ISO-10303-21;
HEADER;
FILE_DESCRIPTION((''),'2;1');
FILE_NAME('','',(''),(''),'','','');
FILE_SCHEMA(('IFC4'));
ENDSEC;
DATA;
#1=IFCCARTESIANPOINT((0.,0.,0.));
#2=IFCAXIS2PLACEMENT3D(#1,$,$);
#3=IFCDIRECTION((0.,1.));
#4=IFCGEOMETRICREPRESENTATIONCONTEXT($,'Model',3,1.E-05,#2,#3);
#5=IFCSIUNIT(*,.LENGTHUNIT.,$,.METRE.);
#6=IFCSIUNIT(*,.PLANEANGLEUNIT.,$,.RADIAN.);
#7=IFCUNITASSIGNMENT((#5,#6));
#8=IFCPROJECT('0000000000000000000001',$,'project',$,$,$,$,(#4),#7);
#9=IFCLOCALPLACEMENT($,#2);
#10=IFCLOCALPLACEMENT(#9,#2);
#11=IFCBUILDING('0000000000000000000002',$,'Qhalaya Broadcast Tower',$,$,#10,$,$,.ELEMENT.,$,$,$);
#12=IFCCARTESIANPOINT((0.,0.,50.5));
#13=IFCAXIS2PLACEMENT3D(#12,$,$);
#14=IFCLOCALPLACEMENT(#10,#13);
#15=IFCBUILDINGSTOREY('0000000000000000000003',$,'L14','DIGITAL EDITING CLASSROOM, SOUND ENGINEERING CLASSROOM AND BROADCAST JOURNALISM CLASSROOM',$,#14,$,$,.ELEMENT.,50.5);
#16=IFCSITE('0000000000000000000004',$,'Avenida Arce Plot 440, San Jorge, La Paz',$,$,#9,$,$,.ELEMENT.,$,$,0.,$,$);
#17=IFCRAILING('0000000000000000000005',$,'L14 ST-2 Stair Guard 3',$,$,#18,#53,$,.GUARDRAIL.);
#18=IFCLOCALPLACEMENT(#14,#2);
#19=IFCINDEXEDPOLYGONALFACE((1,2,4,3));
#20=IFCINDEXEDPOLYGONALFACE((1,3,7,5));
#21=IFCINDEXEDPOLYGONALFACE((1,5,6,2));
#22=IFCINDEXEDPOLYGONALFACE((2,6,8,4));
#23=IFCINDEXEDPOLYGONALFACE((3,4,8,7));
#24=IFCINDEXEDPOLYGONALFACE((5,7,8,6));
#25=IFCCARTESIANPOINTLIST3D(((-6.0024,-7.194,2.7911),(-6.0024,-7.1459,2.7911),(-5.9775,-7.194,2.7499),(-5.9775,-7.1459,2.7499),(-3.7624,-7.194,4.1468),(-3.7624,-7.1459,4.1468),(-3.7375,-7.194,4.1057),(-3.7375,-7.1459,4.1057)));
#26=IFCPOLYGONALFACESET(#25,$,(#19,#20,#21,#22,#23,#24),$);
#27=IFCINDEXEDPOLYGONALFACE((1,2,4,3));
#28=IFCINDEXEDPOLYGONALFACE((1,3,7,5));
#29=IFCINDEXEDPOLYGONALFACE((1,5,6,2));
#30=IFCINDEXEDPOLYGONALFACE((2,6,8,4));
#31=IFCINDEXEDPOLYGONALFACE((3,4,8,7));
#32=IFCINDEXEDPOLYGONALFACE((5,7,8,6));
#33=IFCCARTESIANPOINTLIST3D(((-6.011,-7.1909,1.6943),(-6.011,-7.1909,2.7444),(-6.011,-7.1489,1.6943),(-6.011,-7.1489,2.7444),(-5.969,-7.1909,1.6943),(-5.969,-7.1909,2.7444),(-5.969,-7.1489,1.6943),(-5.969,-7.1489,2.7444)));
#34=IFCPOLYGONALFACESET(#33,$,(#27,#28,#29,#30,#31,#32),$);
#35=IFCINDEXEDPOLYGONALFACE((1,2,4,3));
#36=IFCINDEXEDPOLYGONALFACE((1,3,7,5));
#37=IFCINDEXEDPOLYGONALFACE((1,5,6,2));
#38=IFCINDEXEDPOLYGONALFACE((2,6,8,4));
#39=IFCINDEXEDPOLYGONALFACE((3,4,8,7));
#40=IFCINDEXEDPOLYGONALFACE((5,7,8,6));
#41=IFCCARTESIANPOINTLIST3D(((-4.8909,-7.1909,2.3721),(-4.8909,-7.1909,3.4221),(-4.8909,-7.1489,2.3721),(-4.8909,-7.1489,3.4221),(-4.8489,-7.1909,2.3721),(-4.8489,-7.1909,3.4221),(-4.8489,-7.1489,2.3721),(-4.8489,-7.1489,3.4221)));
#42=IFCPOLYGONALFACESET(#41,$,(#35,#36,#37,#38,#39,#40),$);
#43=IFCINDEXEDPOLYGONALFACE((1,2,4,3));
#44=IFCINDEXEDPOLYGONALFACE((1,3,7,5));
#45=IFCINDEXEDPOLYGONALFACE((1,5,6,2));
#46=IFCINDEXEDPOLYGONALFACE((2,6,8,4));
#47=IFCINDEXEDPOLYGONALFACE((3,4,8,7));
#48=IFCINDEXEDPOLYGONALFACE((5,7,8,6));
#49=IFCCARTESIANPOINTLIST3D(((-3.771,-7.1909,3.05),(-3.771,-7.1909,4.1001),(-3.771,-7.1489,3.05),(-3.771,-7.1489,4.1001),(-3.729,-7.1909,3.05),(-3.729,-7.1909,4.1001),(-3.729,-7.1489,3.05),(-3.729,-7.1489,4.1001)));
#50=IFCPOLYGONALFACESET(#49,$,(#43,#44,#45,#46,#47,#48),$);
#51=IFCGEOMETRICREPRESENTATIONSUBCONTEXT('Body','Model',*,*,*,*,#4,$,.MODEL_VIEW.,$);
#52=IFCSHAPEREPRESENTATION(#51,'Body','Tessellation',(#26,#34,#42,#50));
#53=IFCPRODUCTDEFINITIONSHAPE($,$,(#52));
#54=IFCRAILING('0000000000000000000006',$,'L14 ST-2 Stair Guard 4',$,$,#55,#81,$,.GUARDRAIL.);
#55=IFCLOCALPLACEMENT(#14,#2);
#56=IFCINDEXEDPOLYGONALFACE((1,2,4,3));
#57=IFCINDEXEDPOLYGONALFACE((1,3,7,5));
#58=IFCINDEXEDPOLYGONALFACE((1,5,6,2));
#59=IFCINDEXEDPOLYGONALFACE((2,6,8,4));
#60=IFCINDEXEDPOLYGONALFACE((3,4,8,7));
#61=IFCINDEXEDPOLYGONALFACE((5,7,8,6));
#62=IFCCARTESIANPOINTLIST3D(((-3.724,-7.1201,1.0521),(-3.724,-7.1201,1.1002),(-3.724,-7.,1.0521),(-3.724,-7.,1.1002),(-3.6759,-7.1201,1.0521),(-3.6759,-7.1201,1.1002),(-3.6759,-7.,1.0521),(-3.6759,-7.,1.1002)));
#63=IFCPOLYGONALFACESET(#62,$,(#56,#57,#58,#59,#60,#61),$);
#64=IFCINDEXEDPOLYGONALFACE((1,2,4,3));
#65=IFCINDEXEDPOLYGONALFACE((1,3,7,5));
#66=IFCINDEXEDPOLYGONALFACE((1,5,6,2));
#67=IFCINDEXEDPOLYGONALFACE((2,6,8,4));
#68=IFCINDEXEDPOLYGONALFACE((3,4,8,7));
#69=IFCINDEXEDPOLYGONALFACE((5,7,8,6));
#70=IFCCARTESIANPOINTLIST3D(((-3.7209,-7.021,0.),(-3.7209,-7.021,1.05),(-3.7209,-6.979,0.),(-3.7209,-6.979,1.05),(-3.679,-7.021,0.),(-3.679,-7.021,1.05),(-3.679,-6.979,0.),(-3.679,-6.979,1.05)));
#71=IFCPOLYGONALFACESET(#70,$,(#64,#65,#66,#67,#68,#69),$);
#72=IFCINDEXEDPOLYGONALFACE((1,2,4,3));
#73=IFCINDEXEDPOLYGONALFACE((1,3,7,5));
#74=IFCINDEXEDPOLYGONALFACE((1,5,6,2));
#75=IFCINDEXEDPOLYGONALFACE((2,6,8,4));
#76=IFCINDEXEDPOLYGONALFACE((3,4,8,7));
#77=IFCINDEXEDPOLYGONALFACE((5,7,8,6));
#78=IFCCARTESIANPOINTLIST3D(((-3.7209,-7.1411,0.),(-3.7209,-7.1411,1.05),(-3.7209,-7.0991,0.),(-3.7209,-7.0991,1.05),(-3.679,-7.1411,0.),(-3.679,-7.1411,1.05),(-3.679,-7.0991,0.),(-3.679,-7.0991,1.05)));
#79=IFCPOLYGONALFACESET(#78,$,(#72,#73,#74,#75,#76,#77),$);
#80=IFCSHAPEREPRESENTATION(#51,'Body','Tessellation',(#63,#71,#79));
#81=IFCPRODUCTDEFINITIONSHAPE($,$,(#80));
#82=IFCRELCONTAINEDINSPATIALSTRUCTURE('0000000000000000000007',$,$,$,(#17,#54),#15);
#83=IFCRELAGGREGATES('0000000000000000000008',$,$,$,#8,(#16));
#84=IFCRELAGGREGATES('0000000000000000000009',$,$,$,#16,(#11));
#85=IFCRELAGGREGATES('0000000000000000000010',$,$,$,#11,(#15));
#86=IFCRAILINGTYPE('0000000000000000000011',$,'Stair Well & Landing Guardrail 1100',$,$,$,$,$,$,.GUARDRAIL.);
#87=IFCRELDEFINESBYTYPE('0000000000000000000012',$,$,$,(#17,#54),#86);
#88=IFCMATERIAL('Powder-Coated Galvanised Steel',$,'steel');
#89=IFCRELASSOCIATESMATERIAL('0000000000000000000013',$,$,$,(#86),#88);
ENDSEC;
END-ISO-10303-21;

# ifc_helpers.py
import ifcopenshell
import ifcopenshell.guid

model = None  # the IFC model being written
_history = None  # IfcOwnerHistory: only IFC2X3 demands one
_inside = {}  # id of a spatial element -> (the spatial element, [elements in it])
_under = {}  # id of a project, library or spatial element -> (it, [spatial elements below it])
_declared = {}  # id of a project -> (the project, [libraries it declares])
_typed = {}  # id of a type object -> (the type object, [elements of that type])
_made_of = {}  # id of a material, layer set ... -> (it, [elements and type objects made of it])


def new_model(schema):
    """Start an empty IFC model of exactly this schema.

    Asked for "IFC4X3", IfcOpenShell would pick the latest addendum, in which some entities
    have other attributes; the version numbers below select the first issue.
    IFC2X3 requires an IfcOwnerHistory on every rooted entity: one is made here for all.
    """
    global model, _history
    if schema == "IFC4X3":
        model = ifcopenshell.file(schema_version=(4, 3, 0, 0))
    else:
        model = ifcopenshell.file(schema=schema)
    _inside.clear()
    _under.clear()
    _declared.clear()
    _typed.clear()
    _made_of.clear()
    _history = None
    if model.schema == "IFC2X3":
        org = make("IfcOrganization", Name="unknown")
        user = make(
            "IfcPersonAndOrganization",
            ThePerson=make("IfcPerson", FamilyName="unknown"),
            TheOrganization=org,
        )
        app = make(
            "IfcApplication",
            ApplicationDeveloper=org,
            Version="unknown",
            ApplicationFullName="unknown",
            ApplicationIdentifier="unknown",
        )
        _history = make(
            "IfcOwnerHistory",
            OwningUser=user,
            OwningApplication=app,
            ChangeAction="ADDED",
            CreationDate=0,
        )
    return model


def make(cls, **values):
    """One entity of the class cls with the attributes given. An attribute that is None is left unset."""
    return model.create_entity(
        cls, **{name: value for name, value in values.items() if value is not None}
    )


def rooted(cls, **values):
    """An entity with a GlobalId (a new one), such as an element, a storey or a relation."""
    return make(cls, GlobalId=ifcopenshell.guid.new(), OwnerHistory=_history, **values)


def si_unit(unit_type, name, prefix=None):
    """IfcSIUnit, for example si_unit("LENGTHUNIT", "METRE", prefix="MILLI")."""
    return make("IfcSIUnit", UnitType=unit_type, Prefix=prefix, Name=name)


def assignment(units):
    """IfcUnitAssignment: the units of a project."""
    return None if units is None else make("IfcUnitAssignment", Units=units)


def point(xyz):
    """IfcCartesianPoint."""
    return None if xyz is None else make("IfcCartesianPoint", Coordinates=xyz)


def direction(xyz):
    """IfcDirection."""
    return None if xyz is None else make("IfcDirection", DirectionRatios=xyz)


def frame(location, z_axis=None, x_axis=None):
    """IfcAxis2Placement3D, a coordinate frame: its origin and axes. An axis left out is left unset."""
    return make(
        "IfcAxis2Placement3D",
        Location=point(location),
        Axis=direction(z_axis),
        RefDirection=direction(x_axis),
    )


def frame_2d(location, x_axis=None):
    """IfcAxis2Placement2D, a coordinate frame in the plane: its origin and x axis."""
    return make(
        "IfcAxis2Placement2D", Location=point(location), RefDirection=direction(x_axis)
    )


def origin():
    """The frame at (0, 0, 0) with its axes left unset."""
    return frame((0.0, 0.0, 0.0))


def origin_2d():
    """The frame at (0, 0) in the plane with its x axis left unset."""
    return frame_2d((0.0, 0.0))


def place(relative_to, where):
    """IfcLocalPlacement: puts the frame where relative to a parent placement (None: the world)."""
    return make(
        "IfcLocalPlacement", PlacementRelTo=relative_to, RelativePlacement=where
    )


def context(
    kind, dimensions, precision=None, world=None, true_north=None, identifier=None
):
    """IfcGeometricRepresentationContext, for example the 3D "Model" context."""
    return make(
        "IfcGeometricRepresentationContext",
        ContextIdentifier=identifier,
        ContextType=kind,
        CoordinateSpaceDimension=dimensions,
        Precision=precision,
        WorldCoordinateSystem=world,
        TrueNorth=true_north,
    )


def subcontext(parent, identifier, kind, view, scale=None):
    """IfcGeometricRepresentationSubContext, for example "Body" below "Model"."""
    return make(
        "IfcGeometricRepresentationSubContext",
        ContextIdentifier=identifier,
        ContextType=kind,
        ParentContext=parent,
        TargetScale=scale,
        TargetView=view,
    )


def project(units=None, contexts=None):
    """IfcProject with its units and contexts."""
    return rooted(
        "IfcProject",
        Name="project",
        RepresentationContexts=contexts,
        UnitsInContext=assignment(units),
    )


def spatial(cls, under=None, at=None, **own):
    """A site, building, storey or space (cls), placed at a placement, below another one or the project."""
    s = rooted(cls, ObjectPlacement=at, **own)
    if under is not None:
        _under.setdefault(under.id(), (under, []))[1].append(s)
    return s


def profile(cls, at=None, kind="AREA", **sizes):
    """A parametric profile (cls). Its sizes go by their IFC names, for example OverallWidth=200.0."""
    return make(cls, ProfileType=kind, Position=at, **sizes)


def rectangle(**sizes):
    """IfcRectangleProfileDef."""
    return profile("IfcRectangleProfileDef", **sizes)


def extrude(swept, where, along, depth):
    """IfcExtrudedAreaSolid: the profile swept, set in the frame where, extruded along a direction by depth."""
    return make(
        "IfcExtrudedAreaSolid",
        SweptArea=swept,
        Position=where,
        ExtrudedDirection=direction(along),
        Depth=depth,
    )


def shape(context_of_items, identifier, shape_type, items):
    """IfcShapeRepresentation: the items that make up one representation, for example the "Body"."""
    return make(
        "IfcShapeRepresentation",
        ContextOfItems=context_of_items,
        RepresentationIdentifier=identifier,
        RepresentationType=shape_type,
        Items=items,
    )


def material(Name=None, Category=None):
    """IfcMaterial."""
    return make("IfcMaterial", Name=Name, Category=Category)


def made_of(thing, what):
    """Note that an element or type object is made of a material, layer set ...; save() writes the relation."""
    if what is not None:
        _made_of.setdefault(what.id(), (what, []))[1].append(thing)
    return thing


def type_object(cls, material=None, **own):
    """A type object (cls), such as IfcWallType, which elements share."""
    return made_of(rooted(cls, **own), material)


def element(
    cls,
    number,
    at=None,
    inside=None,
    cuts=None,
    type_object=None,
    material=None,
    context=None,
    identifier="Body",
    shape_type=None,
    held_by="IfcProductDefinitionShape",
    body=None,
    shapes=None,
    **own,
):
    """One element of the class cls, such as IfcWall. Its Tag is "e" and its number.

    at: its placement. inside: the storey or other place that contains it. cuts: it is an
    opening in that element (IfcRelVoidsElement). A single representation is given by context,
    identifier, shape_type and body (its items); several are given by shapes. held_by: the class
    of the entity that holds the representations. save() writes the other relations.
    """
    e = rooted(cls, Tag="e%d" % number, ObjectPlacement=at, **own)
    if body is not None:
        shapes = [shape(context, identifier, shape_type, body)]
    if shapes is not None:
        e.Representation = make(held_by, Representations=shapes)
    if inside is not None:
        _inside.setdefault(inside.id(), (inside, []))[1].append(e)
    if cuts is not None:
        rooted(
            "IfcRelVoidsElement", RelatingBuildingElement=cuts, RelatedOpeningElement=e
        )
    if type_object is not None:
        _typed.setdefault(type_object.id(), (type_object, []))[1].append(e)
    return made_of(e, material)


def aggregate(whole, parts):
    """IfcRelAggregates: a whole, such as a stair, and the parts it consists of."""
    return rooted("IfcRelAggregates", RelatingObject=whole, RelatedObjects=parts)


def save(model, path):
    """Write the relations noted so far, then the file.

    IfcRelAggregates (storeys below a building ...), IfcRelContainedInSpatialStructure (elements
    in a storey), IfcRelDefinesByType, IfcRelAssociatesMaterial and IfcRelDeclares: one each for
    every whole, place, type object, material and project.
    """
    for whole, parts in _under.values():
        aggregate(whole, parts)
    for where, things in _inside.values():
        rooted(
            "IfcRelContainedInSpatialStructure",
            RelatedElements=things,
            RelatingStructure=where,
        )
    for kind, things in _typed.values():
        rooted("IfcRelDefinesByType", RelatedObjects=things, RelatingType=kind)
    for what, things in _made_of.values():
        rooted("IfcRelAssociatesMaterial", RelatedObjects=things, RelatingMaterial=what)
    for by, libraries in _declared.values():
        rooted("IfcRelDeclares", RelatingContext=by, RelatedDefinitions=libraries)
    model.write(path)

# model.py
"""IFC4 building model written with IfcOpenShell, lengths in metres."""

from ifc_helpers import new_model, si_unit, direction, frame, origin, origin_2d, place, context, subcontext, project, spatial, rectangle, extrude, material, type_object, element, save


model = new_model("IFC4")

# Units and contexts
model_context = context("Model", 3, precision=1e-05, world=origin(), true_north=direction((0.0, 1.0)))
body_context = subcontext(model_context, "Body", "Model", "MODEL_VIEW")
ifc_project = project(units=[si_unit("LENGTHUNIT", "METRE"), si_unit("PLANEANGLEUNIT", "RADIAN")], contexts=[model_context])

# Site, building, storey
site_placement = place(None, origin())
site = spatial("IfcSite", under=ifc_project, at=site_placement, Name="Avenida Arce Plot 440, San Jorge, La Paz", CompositionType="ELEMENT", RefElevation=0.0)
building_placement = place(site_placement, origin())
building = spatial("IfcBuilding", under=site, at=building_placement, Name="Qhalaya Broadcast Tower", CompositionType="ELEMENT")
storey_placement = place(building_placement, frame((0.0, 0.0, 50.5)))
storey = spatial("IfcBuildingStorey", under=building, at=storey_placement, Name="L14", Description="DIGITAL EDITING CLASSROOM, SOUND ENGINEERING CLASSROOM AND BROADCAST JOURNALISM CLASSROOM", CompositionType="ELEMENT", Elevation=50.5)

# Railings
ifc_material_1 = material(Name="Powder-Coated Galvanised Steel", Category="steel")
railing_type_1 = type_object("IfcRailingType", Name="Stair Well & Landing Guardrail 1100", PredefinedType="GUARDRAIL", material=ifc_material_1)
railing_1_placement = place(storey_placement, frame((-5.99, -7.1699, 1.6943)))
element("IfcRailing", 1, at=railing_1_placement, inside=storey, type_object=railing_type_1, Name="L14 ST-2 Stair Guard 3", PredefinedType="GUARDRAIL", context=body_context, shape_type="SweptSolid", body=[
    extrude(rectangle(XDim=0.0481, YDim=0.0481, at=origin_2d()), frame((0.0, 0.0, 1.0762), z_axis=(0.855512, 0.0, 0.517783), x_axis=(0.0, 1.0, 0.0)), (0.0, 0.0, 1.0), 2.6184),
    extrude(rectangle(XDim=0.042, YDim=0.042, at=origin_2d()), origin(), (0.0, 0.0, 1.0), 1.05),
    extrude(rectangle(XDim=0.042, YDim=0.042, at=origin_2d()), frame((1.1201, 0.0, 0.6777)), (0.0, 0.0, 1.0), 1.05),
    extrude(rectangle(XDim=0.042, YDim=0.042, at=origin_2d()), frame((2.24, 0.0, 1.3557)), (0.0, 0.0, 1.0), 1.05),
])
railing_2_placement = place(storey_placement, frame((-3.7, -7.0, 0.0)))
element("IfcRailing", 2, at=railing_2_placement, inside=storey, type_object=railing_type_1, Name="L14 ST-2 Stair Guard 4", PredefinedType="GUARDRAIL", context=body_context, shape_type="SweptSolid", body=[
    extrude(rectangle(XDim=0.0481, YDim=0.0481, at=origin_2d()), frame((0.0, 0.0, 1.0762), z_axis=(0.0, -1.0, 0.0), x_axis=(1.0, 0.0, 0.0)), (0.0, 0.0, 1.0), 0.1201),
    extrude(rectangle(XDim=0.042, YDim=0.042, at=origin_2d()), origin(), (0.0, 0.0, 1.0), 1.05),
    extrude(rectangle(XDim=0.042, YDim=0.042, at=origin_2d()), frame((0.0, -0.1201, 0.0)), (0.0, 0.0, 1.0), 1.05),
])

save(model, "model.ifc")
